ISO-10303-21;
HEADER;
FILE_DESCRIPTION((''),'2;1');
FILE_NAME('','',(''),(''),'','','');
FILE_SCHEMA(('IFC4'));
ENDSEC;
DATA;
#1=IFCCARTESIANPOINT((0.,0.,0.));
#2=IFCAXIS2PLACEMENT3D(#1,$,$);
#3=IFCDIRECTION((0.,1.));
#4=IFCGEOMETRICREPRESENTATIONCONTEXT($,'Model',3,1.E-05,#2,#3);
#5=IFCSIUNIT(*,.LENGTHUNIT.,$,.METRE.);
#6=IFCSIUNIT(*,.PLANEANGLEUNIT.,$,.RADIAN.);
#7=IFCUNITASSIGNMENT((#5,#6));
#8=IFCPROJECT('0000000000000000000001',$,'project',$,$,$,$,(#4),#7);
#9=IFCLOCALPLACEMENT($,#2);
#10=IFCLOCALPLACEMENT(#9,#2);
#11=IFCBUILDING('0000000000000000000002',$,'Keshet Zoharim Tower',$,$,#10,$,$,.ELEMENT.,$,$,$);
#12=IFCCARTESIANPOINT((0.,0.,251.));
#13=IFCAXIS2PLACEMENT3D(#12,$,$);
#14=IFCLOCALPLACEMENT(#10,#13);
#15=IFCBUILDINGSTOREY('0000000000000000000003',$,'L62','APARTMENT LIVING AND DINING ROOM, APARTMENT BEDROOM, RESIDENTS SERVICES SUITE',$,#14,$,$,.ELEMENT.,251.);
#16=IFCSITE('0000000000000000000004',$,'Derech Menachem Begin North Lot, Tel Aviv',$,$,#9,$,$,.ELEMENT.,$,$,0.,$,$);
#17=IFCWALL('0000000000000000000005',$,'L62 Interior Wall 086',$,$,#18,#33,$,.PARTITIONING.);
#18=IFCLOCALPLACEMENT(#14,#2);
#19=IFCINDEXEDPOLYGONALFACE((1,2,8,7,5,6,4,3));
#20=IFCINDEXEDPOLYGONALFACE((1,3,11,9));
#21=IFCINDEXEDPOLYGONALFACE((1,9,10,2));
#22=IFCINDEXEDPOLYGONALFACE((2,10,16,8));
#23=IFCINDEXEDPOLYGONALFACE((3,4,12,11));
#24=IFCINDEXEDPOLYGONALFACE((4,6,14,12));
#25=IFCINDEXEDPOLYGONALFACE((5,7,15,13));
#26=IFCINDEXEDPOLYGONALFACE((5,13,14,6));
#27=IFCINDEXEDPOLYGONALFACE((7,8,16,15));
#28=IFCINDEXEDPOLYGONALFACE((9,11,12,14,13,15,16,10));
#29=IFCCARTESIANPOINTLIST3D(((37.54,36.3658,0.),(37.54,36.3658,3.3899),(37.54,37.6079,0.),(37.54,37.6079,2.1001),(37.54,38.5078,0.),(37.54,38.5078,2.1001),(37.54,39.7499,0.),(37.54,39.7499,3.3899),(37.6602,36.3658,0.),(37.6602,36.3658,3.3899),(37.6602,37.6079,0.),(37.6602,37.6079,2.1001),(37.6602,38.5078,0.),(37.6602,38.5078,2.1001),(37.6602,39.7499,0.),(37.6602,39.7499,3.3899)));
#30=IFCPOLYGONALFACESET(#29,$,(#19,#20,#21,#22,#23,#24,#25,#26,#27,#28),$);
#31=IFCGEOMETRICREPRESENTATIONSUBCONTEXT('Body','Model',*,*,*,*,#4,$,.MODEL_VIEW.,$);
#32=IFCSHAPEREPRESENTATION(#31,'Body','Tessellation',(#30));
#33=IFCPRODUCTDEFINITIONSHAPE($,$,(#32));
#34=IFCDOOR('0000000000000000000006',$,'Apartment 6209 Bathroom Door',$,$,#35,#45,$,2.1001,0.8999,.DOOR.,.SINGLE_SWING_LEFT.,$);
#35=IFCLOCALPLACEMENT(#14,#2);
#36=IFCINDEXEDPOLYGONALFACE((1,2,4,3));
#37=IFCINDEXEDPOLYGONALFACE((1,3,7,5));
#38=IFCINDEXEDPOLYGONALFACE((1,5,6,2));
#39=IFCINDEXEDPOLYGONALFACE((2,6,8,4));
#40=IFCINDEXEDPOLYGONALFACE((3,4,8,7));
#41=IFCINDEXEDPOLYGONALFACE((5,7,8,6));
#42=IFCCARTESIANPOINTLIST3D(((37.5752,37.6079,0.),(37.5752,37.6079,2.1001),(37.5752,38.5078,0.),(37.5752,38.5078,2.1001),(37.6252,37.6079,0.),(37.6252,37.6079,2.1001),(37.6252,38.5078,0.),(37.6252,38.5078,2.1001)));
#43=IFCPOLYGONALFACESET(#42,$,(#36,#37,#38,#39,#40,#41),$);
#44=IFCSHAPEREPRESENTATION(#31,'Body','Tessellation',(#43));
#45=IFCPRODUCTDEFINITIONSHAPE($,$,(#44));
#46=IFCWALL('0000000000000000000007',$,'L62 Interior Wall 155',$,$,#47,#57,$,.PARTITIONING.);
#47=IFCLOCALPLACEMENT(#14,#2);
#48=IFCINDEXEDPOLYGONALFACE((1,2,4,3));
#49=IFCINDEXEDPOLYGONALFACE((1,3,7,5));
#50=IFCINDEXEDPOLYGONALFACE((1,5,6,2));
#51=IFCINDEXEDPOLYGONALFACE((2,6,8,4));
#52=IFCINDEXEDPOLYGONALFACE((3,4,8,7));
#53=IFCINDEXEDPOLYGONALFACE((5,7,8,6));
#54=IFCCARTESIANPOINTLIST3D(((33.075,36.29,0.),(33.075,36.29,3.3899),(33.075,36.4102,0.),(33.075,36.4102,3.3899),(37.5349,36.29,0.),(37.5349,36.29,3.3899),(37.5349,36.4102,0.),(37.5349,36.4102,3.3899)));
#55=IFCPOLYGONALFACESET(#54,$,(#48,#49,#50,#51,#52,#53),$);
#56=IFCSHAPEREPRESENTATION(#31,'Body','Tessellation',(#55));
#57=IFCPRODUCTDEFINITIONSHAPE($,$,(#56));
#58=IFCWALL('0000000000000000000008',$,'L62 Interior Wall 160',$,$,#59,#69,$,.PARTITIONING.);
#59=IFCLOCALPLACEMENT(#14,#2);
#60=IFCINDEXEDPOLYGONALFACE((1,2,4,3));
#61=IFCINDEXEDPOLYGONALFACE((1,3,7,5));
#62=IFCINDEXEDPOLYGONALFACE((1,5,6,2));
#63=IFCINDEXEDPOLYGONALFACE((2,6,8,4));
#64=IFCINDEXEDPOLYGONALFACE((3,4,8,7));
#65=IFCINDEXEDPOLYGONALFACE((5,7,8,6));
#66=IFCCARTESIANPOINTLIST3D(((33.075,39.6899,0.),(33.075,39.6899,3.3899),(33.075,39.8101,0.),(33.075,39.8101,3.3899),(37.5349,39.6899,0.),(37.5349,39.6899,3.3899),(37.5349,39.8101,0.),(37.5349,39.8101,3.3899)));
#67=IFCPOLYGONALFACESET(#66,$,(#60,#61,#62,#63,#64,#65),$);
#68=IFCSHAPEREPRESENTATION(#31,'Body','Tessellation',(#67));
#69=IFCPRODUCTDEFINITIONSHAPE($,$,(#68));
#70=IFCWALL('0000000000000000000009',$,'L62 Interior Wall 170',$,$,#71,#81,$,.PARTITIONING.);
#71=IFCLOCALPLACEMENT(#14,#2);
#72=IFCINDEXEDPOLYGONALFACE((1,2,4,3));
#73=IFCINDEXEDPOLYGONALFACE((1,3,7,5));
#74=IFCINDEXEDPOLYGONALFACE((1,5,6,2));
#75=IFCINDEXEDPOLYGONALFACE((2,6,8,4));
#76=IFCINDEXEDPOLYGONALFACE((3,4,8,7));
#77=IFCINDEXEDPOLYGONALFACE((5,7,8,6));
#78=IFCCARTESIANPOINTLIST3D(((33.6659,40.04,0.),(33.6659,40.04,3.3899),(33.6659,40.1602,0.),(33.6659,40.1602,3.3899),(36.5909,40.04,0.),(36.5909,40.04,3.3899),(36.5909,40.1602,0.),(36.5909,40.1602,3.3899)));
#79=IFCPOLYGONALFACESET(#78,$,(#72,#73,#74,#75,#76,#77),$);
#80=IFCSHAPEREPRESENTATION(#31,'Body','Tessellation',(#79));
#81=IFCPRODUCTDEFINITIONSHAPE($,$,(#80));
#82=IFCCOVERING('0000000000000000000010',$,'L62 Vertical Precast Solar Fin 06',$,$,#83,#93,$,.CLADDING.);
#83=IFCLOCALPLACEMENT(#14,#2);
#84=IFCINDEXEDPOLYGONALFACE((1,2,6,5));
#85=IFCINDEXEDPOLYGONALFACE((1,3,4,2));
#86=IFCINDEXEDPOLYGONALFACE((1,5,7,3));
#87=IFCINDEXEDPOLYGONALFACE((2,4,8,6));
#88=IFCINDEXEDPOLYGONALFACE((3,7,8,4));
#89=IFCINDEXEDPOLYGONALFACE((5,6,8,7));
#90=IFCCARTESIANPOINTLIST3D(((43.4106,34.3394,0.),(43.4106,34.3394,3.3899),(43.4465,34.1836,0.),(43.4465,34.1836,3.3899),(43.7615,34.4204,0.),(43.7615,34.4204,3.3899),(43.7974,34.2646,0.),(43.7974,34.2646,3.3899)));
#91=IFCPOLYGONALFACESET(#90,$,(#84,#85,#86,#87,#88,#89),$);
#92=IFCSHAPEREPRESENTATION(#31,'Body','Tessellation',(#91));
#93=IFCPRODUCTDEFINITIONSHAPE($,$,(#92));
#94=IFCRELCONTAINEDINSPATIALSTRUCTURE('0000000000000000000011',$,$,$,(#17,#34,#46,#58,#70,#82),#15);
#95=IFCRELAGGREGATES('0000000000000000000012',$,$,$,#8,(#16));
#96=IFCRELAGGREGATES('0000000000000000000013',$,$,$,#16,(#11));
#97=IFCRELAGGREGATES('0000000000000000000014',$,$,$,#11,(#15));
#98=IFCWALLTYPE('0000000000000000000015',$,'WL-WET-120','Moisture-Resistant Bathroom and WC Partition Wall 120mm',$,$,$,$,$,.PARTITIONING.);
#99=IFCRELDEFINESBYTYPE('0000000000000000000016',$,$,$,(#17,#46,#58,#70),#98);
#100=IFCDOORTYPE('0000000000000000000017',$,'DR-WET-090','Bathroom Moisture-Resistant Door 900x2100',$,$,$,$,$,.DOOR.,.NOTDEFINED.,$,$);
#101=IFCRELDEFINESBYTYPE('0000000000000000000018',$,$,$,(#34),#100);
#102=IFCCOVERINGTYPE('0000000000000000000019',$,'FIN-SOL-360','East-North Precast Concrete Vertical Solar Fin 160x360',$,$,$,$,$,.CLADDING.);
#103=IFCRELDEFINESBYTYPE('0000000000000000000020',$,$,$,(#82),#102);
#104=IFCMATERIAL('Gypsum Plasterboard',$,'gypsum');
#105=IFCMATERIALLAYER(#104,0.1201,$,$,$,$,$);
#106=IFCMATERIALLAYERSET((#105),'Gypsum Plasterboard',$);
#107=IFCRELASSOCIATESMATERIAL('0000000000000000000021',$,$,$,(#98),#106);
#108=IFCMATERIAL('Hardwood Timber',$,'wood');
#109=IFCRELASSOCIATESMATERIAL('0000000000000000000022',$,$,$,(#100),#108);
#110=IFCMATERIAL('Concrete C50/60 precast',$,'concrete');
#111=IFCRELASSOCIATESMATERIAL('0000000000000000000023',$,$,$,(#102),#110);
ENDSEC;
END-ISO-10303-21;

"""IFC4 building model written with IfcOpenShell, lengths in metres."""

from ifc_helpers import new_model, si_unit, direction, frame, frame_2d, origin, origin_2d, place, context, subcontext, project, spatial, rectangle, extrude, material, layer, layer_set, type_object, element, fill, save


model = new_model("IFC4")

# Units and contexts
model_context = context("Model", 3, precision=1e-05, world=origin(), true_north=direction((0.0, 1.0)))
body_context = subcontext(model_context, "Body", "Model", "MODEL_VIEW")
ifc_project = project(units=[si_unit("LENGTHUNIT", "METRE"), si_unit("PLANEANGLEUNIT", "RADIAN")], contexts=[model_context])

# Site, building, storey
site_placement = place(None, origin())
site = spatial("IfcSite", under=ifc_project, at=site_placement, Name="Derech Menachem Begin North Lot, Tel Aviv", CompositionType="ELEMENT", RefElevation=0.0)
building_placement = place(site_placement, origin())
building = spatial("IfcBuilding", under=site, at=building_placement, Name="Keshet Zoharim Tower", CompositionType="ELEMENT")
storey_placement = place(building_placement, frame((0.0, 0.0, 251.0)))
storey = spatial("IfcBuildingStorey", under=building, at=storey_placement, Name="L62", Description="APARTMENT LIVING AND DINING ROOM, APARTMENT BEDROOM, RESIDENTS SERVICES SUITE", CompositionType="ELEMENT", Elevation=251.0)

# Shared definitions
ifc_material_1 = material(Name="Gypsum Plasterboard", Category="gypsum")
ifc_material_2 = material(Name="Hardwood Timber", Category="wood")

# Shared definitions
ifc_layer_1 = layer(ifc_material_1, 0.1201)
ifc_layer_set_1 = layer_set([ifc_layer_1], Name="Gypsum Plasterboard")
wall_type_1 = type_object("IfcWallType", Name="WL-WET-120", Description="Moisture-Resistant Bathroom and WC Partition Wall 120mm", PredefinedType="PARTITIONING", material=ifc_layer_set_1)

# Wall, opening, door
wall_1_placement = place(storey_placement, frame((37.6001, 36.366, 0.0), z_axis=(0.0, 0.0, 1.0), x_axis=(0.0, 1.0, 0.0)))
wall_1 = element("IfcWall", 1, at=wall_1_placement, inside=storey, type_object=wall_type_1, Name="L62 Interior Wall 086", PredefinedType="PARTITIONING", context=body_context, shape_type="SweptSolid", body=[
    extrude(rectangle(XDim=3.384, YDim=0.1201, at=frame_2d((1.6919, 0.0))), origin(), (0.0, 0.0, 1.0), 3.3899),
])
opening_1_placement = place(wall_1_placement, frame((1.2419, 0.0, 0.0)))
opening_1 = element("IfcOpeningElement", 2, at=opening_1_placement, cuts=wall_1, PredefinedType="OPENING", context=body_context, shape_type="SweptSolid", body=[
    extrude(rectangle(XDim=0.8999, YDim=2.1001, at=frame_2d((0.45, 1.05))), frame((0.0, 0.0701, 0.0), z_axis=(0.0, -1.0, 0.0), x_axis=(1.0, 0.0, 0.0)), (0.0, 0.0, 1.0), 0.1401),
])
door_type_1 = type_object("IfcDoorType", Name="DR-WET-090", Description="Bathroom Moisture-Resistant Door 900x2100", OperationType="NOTDEFINED", PredefinedType="DOOR", material=ifc_material_2)
door_1_placement = place(opening_1_placement, origin())
door_1 = element("IfcDoor", 3, at=door_1_placement, inside=storey, type_object=door_type_1, Name="Apartment 6209 Bathroom Door", OperationType="SINGLE_SWING_LEFT", OverallHeight=2.1001, OverallWidth=0.8999, PredefinedType="DOOR", context=body_context, shape_type="SweptSolid", body=[
    extrude(rectangle(XDim=0.8999, YDim=2.1001, at=frame_2d((0.45, 1.05))), frame((0.0, 0.0249, 0.0), z_axis=(0.0, -1.0, 0.0), x_axis=(1.0, 0.0, 0.0)), (0.0, 0.0, 1.0), 0.05),
])
fill(opening_1, door_1)

# Walls
for number, where, z_axis, x_axis, name in (
    (4, (33.075, 36.3501, 0.0), (0.0, 0.0, 1.0), (1.0, 0.0, 0.0), "L62 Interior Wall 155"),
    (5, (33.075, 39.75, 0.0), (0.0, 0.0, 1.0), (1.0, 0.0, 0.0), "L62 Interior Wall 160"),
):
    element("IfcWall", number, at=place(storey_placement, frame(where, z_axis=z_axis, x_axis=x_axis)), inside=storey, type_object=wall_type_1, Name=name, PredefinedType="PARTITIONING", context=body_context, shape_type="SweptSolid", body=[
        extrude(rectangle(XDim=4.46, YDim=0.1201, at=frame_2d((2.23, 0.0))), origin(), (0.0, 0.0, 1.0), 3.3899),
    ])
wall_2_placement = place(storey_placement, frame((33.666, 40.1001, 0.0), z_axis=(0.0, 0.0, 1.0), x_axis=(1.0, 0.0, 0.0)))
element("IfcWall", 6, at=wall_2_placement, inside=storey, type_object=wall_type_1, Name="L62 Interior Wall 170", PredefinedType="PARTITIONING", context=body_context, shape_type="SweptSolid", body=[
    extrude(rectangle(XDim=2.925, YDim=0.1201, at=frame_2d((1.4624, 0.0))), origin(), (0.0, 0.0, 1.0), 3.3899),
])

# Covering
ifc_material_3 = material(Name="Concrete C50/60 precast", Category="concrete")
covering_type = type_object("IfcCoveringType", Name="FIN-SOL-360", Description="East-North Precast Concrete Vertical Solar Fin 160x360", PredefinedType="CLADDING", material=ifc_material_3)
covering_placement = place(storey_placement, frame((43.604, 34.302, 0.0), z_axis=(0.0, 0.0, 1.0), x_axis=(0.22483, -0.974398, 0.0)))
element("IfcCovering", 7, at=covering_placement, inside=storey, type_object=covering_type, Name="L62 Vertical Precast Solar Fin 06", PredefinedType="CLADDING", context=body_context, shape_type="SweptSolid", body=[
    extrude(rectangle(XDim=0.1599, YDim=0.3601, at=origin_2d()), origin(), (0.0, 0.0, 1.0), 3.3899),
])

save(model, "model.ifc")
